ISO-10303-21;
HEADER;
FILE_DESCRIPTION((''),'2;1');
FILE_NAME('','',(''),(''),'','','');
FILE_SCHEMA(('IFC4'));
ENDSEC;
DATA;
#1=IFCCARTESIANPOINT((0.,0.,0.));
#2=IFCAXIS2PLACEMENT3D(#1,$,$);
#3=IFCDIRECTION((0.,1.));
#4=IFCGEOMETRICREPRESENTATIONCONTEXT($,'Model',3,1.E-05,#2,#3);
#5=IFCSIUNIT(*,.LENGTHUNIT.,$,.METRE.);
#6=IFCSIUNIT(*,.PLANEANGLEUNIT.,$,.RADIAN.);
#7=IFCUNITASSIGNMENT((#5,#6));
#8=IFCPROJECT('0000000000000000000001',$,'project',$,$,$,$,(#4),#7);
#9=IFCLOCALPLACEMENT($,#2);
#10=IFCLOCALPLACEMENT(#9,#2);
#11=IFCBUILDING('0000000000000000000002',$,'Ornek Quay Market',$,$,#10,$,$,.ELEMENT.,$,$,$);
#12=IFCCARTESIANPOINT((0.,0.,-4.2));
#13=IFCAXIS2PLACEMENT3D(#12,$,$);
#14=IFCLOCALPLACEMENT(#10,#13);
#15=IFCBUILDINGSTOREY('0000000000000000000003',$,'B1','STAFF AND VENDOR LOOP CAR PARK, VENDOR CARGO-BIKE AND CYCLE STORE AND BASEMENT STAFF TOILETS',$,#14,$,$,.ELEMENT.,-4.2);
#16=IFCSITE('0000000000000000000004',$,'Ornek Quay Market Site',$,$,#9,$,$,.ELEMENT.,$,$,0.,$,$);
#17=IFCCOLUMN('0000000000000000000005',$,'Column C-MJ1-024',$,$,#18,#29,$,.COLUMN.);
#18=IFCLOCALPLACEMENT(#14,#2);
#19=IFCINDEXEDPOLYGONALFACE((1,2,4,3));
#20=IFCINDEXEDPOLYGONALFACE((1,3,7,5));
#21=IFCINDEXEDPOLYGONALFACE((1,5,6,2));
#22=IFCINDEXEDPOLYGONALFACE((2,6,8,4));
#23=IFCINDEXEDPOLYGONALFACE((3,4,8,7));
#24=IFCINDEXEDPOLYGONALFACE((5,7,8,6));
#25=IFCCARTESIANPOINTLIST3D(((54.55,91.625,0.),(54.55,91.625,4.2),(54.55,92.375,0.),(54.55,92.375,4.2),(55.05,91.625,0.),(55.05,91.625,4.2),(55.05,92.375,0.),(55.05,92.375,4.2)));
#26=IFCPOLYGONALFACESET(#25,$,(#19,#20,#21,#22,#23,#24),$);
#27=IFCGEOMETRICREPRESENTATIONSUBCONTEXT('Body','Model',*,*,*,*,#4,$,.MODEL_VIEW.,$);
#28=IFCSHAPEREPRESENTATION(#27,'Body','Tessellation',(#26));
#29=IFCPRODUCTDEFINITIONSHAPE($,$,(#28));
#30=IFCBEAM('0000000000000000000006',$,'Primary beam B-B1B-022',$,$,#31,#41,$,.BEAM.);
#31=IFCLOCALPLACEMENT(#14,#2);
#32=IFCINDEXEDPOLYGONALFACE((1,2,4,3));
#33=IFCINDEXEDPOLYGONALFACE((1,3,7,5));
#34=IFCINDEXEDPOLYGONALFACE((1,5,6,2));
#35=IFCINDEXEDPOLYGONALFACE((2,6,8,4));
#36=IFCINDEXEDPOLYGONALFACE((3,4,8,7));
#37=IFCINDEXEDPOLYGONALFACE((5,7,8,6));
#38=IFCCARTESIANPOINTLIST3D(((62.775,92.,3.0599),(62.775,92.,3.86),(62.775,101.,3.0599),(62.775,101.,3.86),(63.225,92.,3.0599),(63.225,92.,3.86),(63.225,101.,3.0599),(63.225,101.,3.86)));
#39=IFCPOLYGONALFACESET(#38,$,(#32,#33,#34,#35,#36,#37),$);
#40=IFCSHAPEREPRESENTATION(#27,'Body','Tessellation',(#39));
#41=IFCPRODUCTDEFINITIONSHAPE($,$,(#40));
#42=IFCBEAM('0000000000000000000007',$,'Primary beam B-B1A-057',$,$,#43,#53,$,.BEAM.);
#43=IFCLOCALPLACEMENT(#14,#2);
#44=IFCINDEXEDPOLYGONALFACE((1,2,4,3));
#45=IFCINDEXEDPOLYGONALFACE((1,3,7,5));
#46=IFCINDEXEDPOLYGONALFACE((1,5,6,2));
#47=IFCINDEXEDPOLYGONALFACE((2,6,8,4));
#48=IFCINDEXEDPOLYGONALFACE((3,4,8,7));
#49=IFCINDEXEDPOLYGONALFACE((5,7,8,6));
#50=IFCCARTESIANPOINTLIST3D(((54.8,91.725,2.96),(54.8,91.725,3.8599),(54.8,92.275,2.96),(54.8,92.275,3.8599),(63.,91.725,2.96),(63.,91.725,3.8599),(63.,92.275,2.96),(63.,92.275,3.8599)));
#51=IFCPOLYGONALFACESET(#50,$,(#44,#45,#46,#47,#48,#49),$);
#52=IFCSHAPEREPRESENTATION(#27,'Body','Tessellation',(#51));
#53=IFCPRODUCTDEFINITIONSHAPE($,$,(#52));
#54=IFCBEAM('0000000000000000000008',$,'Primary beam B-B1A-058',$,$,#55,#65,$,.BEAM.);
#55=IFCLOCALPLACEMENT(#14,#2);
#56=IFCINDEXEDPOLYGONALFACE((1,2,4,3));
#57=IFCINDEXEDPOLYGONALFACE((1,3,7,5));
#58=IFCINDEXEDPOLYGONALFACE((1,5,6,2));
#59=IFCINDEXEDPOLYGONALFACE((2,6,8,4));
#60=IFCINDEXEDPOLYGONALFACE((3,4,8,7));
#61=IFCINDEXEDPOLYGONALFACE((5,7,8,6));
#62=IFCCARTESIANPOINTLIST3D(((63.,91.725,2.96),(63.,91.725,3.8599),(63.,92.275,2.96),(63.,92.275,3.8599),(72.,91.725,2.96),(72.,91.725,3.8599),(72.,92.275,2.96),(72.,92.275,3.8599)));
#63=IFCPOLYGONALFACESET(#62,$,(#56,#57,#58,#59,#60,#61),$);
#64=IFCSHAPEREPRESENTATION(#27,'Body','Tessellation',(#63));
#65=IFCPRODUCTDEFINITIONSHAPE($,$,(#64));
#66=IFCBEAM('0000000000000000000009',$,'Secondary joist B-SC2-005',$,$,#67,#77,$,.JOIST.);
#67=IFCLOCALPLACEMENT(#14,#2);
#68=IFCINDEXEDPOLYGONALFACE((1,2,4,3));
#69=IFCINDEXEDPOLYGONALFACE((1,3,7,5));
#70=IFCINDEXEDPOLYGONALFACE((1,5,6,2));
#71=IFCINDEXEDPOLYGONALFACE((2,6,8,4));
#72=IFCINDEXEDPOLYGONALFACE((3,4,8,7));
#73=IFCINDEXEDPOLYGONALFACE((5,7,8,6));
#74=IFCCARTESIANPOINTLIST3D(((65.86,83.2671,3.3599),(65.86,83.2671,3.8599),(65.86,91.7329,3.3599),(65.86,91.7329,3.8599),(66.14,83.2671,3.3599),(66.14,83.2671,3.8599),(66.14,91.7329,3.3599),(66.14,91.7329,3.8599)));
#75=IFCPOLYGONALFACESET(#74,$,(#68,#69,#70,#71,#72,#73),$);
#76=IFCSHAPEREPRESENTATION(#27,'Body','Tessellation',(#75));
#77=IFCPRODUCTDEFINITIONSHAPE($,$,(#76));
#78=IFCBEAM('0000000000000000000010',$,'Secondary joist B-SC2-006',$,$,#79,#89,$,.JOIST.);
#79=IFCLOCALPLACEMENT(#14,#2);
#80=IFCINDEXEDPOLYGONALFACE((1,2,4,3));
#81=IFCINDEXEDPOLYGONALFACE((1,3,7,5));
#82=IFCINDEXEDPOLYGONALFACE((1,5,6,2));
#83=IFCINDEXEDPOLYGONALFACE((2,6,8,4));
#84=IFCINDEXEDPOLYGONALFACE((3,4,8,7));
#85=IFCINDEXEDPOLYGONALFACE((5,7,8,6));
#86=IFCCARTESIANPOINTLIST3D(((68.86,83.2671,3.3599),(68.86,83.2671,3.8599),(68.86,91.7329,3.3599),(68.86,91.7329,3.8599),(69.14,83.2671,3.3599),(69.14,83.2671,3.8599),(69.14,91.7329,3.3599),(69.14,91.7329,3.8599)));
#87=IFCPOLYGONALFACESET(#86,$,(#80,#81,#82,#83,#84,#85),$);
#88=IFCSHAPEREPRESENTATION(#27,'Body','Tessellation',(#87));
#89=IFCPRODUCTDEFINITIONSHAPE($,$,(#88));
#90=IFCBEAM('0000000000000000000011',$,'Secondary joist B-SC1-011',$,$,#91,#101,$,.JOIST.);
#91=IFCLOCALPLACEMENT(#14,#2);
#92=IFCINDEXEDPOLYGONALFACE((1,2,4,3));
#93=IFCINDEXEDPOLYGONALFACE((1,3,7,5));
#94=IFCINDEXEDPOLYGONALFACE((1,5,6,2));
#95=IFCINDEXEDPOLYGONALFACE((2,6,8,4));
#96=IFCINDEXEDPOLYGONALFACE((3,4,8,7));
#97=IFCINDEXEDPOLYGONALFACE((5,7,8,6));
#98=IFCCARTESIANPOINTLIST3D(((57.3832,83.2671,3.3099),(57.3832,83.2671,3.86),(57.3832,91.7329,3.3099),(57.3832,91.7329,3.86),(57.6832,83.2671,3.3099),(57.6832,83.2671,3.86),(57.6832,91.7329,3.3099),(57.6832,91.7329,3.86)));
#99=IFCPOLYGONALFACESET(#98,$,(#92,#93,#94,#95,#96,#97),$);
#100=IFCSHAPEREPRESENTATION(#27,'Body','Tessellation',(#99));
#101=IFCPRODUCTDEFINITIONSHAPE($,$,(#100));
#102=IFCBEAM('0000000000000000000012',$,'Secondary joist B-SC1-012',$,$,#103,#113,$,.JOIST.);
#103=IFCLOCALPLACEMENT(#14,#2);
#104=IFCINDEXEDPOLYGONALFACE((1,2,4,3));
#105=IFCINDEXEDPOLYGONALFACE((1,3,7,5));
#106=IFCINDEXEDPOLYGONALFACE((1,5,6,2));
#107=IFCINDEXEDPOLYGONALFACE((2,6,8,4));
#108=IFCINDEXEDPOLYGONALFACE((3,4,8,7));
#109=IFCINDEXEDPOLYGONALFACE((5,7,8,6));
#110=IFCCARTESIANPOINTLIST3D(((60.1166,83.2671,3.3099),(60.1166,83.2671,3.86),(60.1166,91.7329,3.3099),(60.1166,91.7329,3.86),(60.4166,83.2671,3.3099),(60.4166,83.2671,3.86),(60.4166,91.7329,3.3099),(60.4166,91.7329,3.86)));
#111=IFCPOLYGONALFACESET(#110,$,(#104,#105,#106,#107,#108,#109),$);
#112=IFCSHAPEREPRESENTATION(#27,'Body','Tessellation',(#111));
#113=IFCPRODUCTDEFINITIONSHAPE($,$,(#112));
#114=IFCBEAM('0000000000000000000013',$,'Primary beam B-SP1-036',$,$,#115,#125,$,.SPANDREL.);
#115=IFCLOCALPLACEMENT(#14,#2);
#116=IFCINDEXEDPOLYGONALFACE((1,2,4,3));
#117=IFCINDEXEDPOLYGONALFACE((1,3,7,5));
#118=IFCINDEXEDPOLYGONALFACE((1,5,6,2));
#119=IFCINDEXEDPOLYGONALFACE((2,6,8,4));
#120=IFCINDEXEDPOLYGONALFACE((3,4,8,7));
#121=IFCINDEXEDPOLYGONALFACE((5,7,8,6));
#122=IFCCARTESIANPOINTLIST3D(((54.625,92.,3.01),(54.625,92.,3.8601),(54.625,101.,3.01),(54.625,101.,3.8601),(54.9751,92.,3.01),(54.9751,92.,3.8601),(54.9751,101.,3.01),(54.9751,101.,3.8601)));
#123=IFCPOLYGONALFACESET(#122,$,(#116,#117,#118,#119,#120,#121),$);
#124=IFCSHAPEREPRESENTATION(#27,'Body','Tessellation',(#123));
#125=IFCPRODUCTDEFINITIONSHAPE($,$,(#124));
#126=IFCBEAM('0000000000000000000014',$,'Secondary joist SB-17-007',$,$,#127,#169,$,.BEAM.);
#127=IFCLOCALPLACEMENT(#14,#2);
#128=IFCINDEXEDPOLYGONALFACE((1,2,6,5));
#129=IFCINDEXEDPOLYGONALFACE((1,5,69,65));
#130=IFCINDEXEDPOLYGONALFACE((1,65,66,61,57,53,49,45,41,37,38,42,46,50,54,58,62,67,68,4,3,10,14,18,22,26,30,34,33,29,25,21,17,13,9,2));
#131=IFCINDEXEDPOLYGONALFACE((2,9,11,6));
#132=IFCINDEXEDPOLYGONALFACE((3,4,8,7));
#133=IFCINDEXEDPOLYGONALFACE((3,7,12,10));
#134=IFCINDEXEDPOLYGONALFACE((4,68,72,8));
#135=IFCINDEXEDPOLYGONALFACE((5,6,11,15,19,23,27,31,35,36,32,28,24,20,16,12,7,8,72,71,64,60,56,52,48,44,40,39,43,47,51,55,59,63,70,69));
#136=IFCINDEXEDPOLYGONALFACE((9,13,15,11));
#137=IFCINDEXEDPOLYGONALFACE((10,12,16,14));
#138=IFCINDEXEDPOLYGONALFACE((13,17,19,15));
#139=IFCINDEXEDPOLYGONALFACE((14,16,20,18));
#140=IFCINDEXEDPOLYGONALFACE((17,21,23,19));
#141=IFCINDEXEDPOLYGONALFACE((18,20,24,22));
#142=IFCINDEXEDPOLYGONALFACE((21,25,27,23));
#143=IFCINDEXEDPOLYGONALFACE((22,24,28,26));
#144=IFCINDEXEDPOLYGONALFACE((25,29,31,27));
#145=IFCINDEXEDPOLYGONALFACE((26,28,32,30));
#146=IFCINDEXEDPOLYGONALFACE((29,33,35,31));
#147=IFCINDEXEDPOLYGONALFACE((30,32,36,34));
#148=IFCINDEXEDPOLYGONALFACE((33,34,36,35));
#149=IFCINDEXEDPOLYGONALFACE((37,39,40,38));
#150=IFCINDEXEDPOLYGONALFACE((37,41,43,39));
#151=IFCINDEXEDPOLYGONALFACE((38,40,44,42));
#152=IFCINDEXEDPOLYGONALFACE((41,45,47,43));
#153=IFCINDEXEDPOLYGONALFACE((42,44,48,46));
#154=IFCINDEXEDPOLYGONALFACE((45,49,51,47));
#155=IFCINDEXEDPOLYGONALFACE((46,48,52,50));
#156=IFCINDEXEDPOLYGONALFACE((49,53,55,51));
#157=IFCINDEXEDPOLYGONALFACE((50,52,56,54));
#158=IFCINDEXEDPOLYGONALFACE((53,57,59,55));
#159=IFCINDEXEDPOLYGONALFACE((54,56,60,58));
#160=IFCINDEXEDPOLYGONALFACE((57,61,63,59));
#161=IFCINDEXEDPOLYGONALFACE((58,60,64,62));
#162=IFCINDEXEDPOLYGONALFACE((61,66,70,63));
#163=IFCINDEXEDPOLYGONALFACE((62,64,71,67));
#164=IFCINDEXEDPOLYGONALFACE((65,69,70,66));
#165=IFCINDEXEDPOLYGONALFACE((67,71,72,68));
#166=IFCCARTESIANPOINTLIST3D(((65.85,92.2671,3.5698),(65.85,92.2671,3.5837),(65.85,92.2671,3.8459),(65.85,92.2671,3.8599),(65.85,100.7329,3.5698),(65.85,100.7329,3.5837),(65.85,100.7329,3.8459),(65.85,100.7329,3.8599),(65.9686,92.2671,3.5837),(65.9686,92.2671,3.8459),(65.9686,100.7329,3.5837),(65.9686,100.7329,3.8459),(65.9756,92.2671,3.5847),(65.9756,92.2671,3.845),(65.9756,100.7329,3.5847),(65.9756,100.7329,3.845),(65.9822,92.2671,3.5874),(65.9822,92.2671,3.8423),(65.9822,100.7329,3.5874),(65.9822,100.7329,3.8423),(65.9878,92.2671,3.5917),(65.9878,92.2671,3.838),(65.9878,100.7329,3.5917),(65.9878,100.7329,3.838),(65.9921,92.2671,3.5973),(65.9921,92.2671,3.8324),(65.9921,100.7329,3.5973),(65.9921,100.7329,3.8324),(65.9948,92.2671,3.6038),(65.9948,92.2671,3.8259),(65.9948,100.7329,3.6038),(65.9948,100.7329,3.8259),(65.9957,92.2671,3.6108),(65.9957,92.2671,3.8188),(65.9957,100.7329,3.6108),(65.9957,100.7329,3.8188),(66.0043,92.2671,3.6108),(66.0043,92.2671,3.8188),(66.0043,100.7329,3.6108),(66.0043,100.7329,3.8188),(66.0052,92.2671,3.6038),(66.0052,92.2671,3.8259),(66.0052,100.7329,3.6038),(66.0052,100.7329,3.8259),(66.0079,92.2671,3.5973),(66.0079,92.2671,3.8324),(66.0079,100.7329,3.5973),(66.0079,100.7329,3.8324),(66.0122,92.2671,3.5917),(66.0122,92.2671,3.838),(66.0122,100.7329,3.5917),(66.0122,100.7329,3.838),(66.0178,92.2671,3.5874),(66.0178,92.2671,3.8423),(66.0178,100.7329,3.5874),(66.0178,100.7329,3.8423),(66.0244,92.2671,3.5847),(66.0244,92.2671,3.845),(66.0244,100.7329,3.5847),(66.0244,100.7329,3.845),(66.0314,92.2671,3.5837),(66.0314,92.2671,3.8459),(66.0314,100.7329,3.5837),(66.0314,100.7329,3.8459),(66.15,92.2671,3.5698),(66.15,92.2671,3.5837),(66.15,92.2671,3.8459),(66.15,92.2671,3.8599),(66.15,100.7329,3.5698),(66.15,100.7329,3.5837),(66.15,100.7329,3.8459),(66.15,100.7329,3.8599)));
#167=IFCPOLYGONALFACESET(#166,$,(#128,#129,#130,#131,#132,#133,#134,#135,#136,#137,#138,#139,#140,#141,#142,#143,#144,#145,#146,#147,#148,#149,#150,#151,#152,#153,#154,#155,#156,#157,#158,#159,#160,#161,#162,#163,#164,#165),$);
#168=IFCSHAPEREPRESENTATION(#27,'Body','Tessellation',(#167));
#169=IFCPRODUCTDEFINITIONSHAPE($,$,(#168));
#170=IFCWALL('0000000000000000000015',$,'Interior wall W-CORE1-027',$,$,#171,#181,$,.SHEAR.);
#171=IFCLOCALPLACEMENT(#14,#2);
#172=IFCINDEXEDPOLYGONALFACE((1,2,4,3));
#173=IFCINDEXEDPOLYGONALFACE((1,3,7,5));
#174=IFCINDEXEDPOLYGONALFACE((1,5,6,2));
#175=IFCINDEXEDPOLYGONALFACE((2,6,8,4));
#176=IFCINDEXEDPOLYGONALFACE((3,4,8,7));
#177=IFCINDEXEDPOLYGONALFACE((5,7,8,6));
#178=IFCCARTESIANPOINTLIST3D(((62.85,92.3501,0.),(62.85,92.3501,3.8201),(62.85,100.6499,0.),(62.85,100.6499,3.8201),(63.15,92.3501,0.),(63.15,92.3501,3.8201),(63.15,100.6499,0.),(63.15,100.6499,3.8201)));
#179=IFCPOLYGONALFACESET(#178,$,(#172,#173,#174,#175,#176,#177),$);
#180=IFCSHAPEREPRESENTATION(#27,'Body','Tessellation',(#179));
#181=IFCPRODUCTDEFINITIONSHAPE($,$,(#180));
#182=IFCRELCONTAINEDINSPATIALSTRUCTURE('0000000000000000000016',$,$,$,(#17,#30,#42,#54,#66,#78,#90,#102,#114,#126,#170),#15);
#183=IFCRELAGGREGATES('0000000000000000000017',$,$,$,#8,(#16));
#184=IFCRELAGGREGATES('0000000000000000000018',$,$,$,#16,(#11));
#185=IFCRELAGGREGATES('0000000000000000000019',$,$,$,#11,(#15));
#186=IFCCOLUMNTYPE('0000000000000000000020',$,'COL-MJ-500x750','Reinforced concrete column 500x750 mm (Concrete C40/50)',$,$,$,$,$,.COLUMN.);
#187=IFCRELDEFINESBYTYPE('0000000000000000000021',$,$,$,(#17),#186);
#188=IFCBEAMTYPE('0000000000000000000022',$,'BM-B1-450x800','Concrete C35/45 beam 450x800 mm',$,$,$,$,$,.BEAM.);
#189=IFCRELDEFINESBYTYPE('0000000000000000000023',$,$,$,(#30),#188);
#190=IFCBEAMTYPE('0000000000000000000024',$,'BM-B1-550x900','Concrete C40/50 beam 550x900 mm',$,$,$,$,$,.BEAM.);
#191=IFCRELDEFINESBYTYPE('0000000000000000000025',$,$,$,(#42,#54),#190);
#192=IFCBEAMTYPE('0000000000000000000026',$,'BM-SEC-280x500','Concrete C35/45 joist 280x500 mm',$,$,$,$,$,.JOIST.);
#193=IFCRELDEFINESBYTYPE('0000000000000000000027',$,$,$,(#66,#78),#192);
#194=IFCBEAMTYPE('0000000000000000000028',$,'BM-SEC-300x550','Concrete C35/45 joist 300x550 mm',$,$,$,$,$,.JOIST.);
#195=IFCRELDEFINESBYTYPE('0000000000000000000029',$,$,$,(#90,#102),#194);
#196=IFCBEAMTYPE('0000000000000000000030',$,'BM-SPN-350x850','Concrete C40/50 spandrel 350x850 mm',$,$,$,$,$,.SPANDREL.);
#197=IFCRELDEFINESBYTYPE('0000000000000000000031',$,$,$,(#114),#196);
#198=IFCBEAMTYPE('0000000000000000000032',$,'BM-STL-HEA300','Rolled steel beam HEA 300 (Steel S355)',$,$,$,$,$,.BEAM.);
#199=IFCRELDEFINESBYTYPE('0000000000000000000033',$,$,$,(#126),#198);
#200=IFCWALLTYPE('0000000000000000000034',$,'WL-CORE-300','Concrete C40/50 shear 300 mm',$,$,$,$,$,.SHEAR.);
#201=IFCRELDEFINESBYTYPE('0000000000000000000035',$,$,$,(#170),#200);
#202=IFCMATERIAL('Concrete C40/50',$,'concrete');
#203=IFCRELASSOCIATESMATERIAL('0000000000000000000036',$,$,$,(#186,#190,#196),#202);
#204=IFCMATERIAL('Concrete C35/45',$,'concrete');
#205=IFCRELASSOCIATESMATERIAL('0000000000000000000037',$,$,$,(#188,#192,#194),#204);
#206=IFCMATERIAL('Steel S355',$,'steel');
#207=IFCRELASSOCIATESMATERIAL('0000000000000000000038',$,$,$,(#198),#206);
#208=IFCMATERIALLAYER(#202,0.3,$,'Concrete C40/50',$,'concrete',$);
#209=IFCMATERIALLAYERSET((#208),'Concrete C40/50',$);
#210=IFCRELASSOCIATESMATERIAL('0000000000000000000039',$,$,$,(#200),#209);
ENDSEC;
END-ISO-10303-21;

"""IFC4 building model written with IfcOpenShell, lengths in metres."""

from ifc_helpers import new_model, si_unit, direction, frame, frame_2d, origin, origin_2d, place, context, subcontext, project, spatial, rectangle, i_section, extrude, material, layer, layer_set, material_profile, profile_set, type_object, element, save


model = new_model("IFC4")

# Units and contexts
model_context = context("Model", 3, precision=1e-05, world=origin(), true_north=direction((0.0, 1.0)))
body_context = subcontext(model_context, "Body", "Model", "MODEL_VIEW")
ifc_project = project(units=[si_unit("LENGTHUNIT", "METRE"), si_unit("PLANEANGLEUNIT", "RADIAN")], contexts=[model_context])

# Site, building, storey
site_placement = place(None, origin())
site = spatial("IfcSite", under=ifc_project, at=site_placement, Name="Ornek Quay Market Site", CompositionType="ELEMENT", RefElevation=0.0)
building_placement = place(site_placement, origin())
building = spatial("IfcBuilding", under=site, at=building_placement, Name="Ornek Quay Market", CompositionType="ELEMENT")
storey_placement = place(building_placement, frame((0.0, 0.0, -4.2)))
storey = spatial("IfcBuildingStorey", under=building, at=storey_placement, Name="B1", Description="STAFF AND VENDOR LOOP CAR PARK, VENDOR CARGO-BIKE AND CYCLE STORE AND BASEMENT STAFF TOILETS", CompositionType="ELEMENT", Elevation=-4.2)

# Shared definitions
ifc_material_1 = material(Name="Concrete C35/45", Category="concrete")

# Column
ifc_material_2 = material(Name="Concrete C40/50", Category="concrete")
ifc_material_profile_1 = material_profile(ifc_material_2, rectangle(XDim=0.5, YDim=0.75, at=origin_2d()), Name="RC 500x750", Category="concrete")
ifc_profile_set_1 = profile_set([ifc_material_profile_1], Name="Concrete C40/50")
column_type_1 = type_object("IfcColumnType", Name="COL-MJ-500x750", Description="Reinforced concrete column 500x750 mm (Concrete C40/50)", PredefinedType="COLUMN", material=ifc_profile_set_1)
column_1_placement = place(storey_placement, frame((54.8, 92.0, 0.0), z_axis=(0.0, 0.0, 1.0), x_axis=(1.0, 0.0, 0.0)))
element("IfcColumn", 1, at=column_1_placement, inside=storey, type_object=column_type_1, Name="Column C-MJ1-024", PredefinedType="COLUMN", context=body_context, shape_type="SweptSolid", body=[
    extrude(rectangle(XDim=0.5, YDim=0.75, at=origin_2d()), origin(), (0.0, 0.0, 1.0), 4.2),
])

# Beams
ifc_material_profile_2 = material_profile(ifc_material_1, rectangle(XDim=0.45, YDim=0.8, at=origin_2d()), Name="RC 450x800", Category="concrete")
ifc_profile_set_2 = profile_set([ifc_material_profile_2], Name="Concrete C35/45")
beam_type_1 = type_object("IfcBeamType", Name="BM-B1-450x800", Description="Concrete C35/45 beam 450x800 mm", PredefinedType="BEAM", material=ifc_profile_set_2)
beam_1_placement = place(storey_placement, frame((63.0, 92.0, 3.46), z_axis=(0.0, 1.0, 0.0), x_axis=(-1.0, 0.0, 0.0)))
element("IfcBeam", 2, at=beam_1_placement, inside=storey, type_object=beam_type_1, Name="Primary beam B-B1B-022", PredefinedType="BEAM", context=body_context, shape_type="SweptSolid", body=[
    extrude(rectangle(XDim=0.45, YDim=0.8, at=origin_2d()), origin(), (0.0, 0.0, 1.0), 9.0),
])
ifc_material_profile_3 = material_profile(ifc_material_2, rectangle(XDim=0.55, YDim=0.8999, at=origin_2d()), Name="RC 550x900", Category="concrete")
ifc_profile_set_3 = profile_set([ifc_material_profile_3], Name="Concrete C40/50")
beam_type_2 = type_object("IfcBeamType", Name="BM-B1-550x900", Description="Concrete C40/50 beam 550x900 mm", PredefinedType="BEAM", material=ifc_profile_set_3)
beam_2_placement = place(storey_placement, frame((54.8, 92.0, 3.4099), z_axis=(1.0, 0.0, 0.0), x_axis=(0.0, 1.0, 0.0)))
element("IfcBeam", 3, at=beam_2_placement, inside=storey, type_object=beam_type_2, Name="Primary beam B-B1A-057", PredefinedType="BEAM", context=body_context, shape_type="SweptSolid", body=[
    extrude(rectangle(XDim=0.55, YDim=0.8999, at=origin_2d()), origin(), (0.0, 0.0, 1.0), 8.2),
])
beam_3_placement = place(storey_placement, frame((63.0, 92.0, 3.4099), z_axis=(1.0, 0.0, 0.0), x_axis=(0.0, 1.0, 0.0)))
element("IfcBeam", 4, at=beam_3_placement, inside=storey, type_object=beam_type_2, Name="Primary beam B-B1A-058", PredefinedType="BEAM", context=body_context, shape_type="SweptSolid", body=[
    extrude(rectangle(XDim=0.55, YDim=0.8999, at=origin_2d()), origin(), (0.0, 0.0, 1.0), 9.0),
])
ifc_material_profile_4 = material_profile(ifc_material_1, rectangle(XDim=0.28, YDim=0.5, at=origin_2d()), Name="RC 280x500", Category="concrete")
ifc_profile_set_4 = profile_set([ifc_material_profile_4], Name="Concrete C35/45")
beam_type_3 = type_object("IfcBeamType", Name="BM-SEC-280x500", Description="Concrete C35/45 joist 280x500 mm", PredefinedType="JOIST", material=ifc_profile_set_4)
for number, where, z_axis, x_axis, name in (
    (5, (66.0, 83.2671, 3.6099), (0.0, 1.0, 0.0), (-1.0, 0.0, 0.0), "Secondary joist B-SC2-005"),
    (6, (69.0, 83.2671, 3.6099), (0.0, 1.0, 0.0), (-1.0, 0.0, 0.0), "Secondary joist B-SC2-006"),
):
    element("IfcBeam", number, at=place(storey_placement, frame(where, z_axis=z_axis, x_axis=x_axis)), inside=storey, type_object=beam_type_3, Name=name, PredefinedType="JOIST", context=body_context, shape_type="SweptSolid", body=[
        extrude(rectangle(XDim=0.28, YDim=0.5, at=origin_2d()), origin(), (0.0, 0.0, 1.0), 8.4658),
    ])
ifc_material_profile_5 = material_profile(ifc_material_1, rectangle(XDim=0.3, YDim=0.55, at=origin_2d()), Name="RC 300x550", Category="concrete")
ifc_profile_set_5 = profile_set([ifc_material_profile_5], Name="Concrete C35/45")
beam_type_4 = type_object("IfcBeamType", Name="BM-SEC-300x550", Description="Concrete C35/45 joist 300x550 mm", PredefinedType="JOIST", material=ifc_profile_set_5)
for number, where, z_axis, x_axis, name in (
    (7, (57.5332, 83.2671, 3.585), (0.0, 1.0, 0.0), (-1.0, 0.0, 0.0), "Secondary joist B-SC1-011"),
    (8, (60.2666, 83.2671, 3.585), (0.0, 1.0, 0.0), (-1.0, 0.0, 0.0), "Secondary joist B-SC1-012"),
):
    element("IfcBeam", number, at=place(storey_placement, frame(where, z_axis=z_axis, x_axis=x_axis)), inside=storey, type_object=beam_type_4, Name=name, PredefinedType="JOIST", context=body_context, shape_type="SweptSolid", body=[
        extrude(rectangle(XDim=0.3, YDim=0.55, at=origin_2d()), origin(), (0.0, 0.0, 1.0), 8.4658),
    ])
ifc_material_profile_6 = material_profile(ifc_material_2, rectangle(XDim=0.3501, YDim=0.8501, at=origin_2d()), Name="RC 350x850", Category="concrete")
ifc_profile_set_6 = profile_set([ifc_material_profile_6], Name="Concrete C40/50")
beam_type_5 = type_object("IfcBeamType", Name="BM-SPN-350x850", Description="Concrete C40/50 spandrel 350x850 mm", PredefinedType="SPANDREL", material=ifc_profile_set_6)
beam_4_placement = place(storey_placement, frame((54.8, 92.0, 3.4351), z_axis=(0.0, 1.0, 0.0), x_axis=(-1.0, 0.0, 0.0)))
element("IfcBeam", 9, at=beam_4_placement, inside=storey, type_object=beam_type_5, Name="Primary beam B-SP1-036", PredefinedType="SPANDREL", context=body_context, shape_type="SweptSolid", body=[
    extrude(rectangle(XDim=0.3501, YDim=0.8501, at=origin_2d()), origin(), (0.0, 0.0, 1.0), 9.0),
])
ifc_material_3 = material(Name="Steel S355", Category="steel")
ifc_material_profile_7 = material_profile(ifc_material_3, i_section(OverallWidth=0.3, OverallDepth=0.29, WebThickness=0.0085, FlangeThickness=0.0139, FilletRadius=0.0271, at=origin_2d()), Name="HEA 300", Category="steel")
ifc_profile_set_7 = profile_set([ifc_material_profile_7], Name="Steel S355")
beam_type_6 = type_object("IfcBeamType", Name="BM-STL-HEA300", Description="Rolled steel beam HEA 300 (Steel S355)", PredefinedType="BEAM", material=ifc_profile_set_7)
beam_5_placement = place(storey_placement, frame((66.0, 92.2671, 3.7148), z_axis=(0.0, 1.0, 0.0), x_axis=(-1.0, 0.0, 0.0)))
element("IfcBeam", 10, at=beam_5_placement, inside=storey, type_object=beam_type_6, Name="Secondary joist SB-17-007", PredefinedType="BEAM", context=body_context, shape_type="SweptSolid", body=[
    extrude(i_section(OverallWidth=0.3, OverallDepth=0.29, WebThickness=0.0085, FlangeThickness=0.0139, FilletRadius=0.0271, at=origin_2d()), origin(), (0.0, 0.0, 1.0), 8.4658),
])

# Shared definitions
ifc_layer_1 = layer(ifc_material_2, 0.3, Name="Concrete C40/50", Category="concrete")
ifc_layer_set_1 = layer_set([ifc_layer_1], Name="Concrete C40/50")
wall_type_1 = type_object("IfcWallType", Name="WL-CORE-300", Description="Concrete C40/50 shear 300 mm", PredefinedType="SHEAR", material=ifc_layer_set_1)

# Wall
wall_1_placement = place(storey_placement, frame((63.0, 92.3501, 0.0), z_axis=(0.0, 0.0, 1.0), x_axis=(0.0, 1.0, 0.0)))
element("IfcWall", 11, at=wall_1_placement, inside=storey, type_object=wall_type_1, Name="Interior wall W-CORE1-027", PredefinedType="SHEAR", context=body_context, shape_type="SweptSolid", body=[
    extrude(rectangle(XDim=8.2998, YDim=0.3, at=frame_2d((4.1499, 0.0))), origin(), (0.0, 0.0, 1.0), 3.8201),
])

save(model, "model.ifc")
